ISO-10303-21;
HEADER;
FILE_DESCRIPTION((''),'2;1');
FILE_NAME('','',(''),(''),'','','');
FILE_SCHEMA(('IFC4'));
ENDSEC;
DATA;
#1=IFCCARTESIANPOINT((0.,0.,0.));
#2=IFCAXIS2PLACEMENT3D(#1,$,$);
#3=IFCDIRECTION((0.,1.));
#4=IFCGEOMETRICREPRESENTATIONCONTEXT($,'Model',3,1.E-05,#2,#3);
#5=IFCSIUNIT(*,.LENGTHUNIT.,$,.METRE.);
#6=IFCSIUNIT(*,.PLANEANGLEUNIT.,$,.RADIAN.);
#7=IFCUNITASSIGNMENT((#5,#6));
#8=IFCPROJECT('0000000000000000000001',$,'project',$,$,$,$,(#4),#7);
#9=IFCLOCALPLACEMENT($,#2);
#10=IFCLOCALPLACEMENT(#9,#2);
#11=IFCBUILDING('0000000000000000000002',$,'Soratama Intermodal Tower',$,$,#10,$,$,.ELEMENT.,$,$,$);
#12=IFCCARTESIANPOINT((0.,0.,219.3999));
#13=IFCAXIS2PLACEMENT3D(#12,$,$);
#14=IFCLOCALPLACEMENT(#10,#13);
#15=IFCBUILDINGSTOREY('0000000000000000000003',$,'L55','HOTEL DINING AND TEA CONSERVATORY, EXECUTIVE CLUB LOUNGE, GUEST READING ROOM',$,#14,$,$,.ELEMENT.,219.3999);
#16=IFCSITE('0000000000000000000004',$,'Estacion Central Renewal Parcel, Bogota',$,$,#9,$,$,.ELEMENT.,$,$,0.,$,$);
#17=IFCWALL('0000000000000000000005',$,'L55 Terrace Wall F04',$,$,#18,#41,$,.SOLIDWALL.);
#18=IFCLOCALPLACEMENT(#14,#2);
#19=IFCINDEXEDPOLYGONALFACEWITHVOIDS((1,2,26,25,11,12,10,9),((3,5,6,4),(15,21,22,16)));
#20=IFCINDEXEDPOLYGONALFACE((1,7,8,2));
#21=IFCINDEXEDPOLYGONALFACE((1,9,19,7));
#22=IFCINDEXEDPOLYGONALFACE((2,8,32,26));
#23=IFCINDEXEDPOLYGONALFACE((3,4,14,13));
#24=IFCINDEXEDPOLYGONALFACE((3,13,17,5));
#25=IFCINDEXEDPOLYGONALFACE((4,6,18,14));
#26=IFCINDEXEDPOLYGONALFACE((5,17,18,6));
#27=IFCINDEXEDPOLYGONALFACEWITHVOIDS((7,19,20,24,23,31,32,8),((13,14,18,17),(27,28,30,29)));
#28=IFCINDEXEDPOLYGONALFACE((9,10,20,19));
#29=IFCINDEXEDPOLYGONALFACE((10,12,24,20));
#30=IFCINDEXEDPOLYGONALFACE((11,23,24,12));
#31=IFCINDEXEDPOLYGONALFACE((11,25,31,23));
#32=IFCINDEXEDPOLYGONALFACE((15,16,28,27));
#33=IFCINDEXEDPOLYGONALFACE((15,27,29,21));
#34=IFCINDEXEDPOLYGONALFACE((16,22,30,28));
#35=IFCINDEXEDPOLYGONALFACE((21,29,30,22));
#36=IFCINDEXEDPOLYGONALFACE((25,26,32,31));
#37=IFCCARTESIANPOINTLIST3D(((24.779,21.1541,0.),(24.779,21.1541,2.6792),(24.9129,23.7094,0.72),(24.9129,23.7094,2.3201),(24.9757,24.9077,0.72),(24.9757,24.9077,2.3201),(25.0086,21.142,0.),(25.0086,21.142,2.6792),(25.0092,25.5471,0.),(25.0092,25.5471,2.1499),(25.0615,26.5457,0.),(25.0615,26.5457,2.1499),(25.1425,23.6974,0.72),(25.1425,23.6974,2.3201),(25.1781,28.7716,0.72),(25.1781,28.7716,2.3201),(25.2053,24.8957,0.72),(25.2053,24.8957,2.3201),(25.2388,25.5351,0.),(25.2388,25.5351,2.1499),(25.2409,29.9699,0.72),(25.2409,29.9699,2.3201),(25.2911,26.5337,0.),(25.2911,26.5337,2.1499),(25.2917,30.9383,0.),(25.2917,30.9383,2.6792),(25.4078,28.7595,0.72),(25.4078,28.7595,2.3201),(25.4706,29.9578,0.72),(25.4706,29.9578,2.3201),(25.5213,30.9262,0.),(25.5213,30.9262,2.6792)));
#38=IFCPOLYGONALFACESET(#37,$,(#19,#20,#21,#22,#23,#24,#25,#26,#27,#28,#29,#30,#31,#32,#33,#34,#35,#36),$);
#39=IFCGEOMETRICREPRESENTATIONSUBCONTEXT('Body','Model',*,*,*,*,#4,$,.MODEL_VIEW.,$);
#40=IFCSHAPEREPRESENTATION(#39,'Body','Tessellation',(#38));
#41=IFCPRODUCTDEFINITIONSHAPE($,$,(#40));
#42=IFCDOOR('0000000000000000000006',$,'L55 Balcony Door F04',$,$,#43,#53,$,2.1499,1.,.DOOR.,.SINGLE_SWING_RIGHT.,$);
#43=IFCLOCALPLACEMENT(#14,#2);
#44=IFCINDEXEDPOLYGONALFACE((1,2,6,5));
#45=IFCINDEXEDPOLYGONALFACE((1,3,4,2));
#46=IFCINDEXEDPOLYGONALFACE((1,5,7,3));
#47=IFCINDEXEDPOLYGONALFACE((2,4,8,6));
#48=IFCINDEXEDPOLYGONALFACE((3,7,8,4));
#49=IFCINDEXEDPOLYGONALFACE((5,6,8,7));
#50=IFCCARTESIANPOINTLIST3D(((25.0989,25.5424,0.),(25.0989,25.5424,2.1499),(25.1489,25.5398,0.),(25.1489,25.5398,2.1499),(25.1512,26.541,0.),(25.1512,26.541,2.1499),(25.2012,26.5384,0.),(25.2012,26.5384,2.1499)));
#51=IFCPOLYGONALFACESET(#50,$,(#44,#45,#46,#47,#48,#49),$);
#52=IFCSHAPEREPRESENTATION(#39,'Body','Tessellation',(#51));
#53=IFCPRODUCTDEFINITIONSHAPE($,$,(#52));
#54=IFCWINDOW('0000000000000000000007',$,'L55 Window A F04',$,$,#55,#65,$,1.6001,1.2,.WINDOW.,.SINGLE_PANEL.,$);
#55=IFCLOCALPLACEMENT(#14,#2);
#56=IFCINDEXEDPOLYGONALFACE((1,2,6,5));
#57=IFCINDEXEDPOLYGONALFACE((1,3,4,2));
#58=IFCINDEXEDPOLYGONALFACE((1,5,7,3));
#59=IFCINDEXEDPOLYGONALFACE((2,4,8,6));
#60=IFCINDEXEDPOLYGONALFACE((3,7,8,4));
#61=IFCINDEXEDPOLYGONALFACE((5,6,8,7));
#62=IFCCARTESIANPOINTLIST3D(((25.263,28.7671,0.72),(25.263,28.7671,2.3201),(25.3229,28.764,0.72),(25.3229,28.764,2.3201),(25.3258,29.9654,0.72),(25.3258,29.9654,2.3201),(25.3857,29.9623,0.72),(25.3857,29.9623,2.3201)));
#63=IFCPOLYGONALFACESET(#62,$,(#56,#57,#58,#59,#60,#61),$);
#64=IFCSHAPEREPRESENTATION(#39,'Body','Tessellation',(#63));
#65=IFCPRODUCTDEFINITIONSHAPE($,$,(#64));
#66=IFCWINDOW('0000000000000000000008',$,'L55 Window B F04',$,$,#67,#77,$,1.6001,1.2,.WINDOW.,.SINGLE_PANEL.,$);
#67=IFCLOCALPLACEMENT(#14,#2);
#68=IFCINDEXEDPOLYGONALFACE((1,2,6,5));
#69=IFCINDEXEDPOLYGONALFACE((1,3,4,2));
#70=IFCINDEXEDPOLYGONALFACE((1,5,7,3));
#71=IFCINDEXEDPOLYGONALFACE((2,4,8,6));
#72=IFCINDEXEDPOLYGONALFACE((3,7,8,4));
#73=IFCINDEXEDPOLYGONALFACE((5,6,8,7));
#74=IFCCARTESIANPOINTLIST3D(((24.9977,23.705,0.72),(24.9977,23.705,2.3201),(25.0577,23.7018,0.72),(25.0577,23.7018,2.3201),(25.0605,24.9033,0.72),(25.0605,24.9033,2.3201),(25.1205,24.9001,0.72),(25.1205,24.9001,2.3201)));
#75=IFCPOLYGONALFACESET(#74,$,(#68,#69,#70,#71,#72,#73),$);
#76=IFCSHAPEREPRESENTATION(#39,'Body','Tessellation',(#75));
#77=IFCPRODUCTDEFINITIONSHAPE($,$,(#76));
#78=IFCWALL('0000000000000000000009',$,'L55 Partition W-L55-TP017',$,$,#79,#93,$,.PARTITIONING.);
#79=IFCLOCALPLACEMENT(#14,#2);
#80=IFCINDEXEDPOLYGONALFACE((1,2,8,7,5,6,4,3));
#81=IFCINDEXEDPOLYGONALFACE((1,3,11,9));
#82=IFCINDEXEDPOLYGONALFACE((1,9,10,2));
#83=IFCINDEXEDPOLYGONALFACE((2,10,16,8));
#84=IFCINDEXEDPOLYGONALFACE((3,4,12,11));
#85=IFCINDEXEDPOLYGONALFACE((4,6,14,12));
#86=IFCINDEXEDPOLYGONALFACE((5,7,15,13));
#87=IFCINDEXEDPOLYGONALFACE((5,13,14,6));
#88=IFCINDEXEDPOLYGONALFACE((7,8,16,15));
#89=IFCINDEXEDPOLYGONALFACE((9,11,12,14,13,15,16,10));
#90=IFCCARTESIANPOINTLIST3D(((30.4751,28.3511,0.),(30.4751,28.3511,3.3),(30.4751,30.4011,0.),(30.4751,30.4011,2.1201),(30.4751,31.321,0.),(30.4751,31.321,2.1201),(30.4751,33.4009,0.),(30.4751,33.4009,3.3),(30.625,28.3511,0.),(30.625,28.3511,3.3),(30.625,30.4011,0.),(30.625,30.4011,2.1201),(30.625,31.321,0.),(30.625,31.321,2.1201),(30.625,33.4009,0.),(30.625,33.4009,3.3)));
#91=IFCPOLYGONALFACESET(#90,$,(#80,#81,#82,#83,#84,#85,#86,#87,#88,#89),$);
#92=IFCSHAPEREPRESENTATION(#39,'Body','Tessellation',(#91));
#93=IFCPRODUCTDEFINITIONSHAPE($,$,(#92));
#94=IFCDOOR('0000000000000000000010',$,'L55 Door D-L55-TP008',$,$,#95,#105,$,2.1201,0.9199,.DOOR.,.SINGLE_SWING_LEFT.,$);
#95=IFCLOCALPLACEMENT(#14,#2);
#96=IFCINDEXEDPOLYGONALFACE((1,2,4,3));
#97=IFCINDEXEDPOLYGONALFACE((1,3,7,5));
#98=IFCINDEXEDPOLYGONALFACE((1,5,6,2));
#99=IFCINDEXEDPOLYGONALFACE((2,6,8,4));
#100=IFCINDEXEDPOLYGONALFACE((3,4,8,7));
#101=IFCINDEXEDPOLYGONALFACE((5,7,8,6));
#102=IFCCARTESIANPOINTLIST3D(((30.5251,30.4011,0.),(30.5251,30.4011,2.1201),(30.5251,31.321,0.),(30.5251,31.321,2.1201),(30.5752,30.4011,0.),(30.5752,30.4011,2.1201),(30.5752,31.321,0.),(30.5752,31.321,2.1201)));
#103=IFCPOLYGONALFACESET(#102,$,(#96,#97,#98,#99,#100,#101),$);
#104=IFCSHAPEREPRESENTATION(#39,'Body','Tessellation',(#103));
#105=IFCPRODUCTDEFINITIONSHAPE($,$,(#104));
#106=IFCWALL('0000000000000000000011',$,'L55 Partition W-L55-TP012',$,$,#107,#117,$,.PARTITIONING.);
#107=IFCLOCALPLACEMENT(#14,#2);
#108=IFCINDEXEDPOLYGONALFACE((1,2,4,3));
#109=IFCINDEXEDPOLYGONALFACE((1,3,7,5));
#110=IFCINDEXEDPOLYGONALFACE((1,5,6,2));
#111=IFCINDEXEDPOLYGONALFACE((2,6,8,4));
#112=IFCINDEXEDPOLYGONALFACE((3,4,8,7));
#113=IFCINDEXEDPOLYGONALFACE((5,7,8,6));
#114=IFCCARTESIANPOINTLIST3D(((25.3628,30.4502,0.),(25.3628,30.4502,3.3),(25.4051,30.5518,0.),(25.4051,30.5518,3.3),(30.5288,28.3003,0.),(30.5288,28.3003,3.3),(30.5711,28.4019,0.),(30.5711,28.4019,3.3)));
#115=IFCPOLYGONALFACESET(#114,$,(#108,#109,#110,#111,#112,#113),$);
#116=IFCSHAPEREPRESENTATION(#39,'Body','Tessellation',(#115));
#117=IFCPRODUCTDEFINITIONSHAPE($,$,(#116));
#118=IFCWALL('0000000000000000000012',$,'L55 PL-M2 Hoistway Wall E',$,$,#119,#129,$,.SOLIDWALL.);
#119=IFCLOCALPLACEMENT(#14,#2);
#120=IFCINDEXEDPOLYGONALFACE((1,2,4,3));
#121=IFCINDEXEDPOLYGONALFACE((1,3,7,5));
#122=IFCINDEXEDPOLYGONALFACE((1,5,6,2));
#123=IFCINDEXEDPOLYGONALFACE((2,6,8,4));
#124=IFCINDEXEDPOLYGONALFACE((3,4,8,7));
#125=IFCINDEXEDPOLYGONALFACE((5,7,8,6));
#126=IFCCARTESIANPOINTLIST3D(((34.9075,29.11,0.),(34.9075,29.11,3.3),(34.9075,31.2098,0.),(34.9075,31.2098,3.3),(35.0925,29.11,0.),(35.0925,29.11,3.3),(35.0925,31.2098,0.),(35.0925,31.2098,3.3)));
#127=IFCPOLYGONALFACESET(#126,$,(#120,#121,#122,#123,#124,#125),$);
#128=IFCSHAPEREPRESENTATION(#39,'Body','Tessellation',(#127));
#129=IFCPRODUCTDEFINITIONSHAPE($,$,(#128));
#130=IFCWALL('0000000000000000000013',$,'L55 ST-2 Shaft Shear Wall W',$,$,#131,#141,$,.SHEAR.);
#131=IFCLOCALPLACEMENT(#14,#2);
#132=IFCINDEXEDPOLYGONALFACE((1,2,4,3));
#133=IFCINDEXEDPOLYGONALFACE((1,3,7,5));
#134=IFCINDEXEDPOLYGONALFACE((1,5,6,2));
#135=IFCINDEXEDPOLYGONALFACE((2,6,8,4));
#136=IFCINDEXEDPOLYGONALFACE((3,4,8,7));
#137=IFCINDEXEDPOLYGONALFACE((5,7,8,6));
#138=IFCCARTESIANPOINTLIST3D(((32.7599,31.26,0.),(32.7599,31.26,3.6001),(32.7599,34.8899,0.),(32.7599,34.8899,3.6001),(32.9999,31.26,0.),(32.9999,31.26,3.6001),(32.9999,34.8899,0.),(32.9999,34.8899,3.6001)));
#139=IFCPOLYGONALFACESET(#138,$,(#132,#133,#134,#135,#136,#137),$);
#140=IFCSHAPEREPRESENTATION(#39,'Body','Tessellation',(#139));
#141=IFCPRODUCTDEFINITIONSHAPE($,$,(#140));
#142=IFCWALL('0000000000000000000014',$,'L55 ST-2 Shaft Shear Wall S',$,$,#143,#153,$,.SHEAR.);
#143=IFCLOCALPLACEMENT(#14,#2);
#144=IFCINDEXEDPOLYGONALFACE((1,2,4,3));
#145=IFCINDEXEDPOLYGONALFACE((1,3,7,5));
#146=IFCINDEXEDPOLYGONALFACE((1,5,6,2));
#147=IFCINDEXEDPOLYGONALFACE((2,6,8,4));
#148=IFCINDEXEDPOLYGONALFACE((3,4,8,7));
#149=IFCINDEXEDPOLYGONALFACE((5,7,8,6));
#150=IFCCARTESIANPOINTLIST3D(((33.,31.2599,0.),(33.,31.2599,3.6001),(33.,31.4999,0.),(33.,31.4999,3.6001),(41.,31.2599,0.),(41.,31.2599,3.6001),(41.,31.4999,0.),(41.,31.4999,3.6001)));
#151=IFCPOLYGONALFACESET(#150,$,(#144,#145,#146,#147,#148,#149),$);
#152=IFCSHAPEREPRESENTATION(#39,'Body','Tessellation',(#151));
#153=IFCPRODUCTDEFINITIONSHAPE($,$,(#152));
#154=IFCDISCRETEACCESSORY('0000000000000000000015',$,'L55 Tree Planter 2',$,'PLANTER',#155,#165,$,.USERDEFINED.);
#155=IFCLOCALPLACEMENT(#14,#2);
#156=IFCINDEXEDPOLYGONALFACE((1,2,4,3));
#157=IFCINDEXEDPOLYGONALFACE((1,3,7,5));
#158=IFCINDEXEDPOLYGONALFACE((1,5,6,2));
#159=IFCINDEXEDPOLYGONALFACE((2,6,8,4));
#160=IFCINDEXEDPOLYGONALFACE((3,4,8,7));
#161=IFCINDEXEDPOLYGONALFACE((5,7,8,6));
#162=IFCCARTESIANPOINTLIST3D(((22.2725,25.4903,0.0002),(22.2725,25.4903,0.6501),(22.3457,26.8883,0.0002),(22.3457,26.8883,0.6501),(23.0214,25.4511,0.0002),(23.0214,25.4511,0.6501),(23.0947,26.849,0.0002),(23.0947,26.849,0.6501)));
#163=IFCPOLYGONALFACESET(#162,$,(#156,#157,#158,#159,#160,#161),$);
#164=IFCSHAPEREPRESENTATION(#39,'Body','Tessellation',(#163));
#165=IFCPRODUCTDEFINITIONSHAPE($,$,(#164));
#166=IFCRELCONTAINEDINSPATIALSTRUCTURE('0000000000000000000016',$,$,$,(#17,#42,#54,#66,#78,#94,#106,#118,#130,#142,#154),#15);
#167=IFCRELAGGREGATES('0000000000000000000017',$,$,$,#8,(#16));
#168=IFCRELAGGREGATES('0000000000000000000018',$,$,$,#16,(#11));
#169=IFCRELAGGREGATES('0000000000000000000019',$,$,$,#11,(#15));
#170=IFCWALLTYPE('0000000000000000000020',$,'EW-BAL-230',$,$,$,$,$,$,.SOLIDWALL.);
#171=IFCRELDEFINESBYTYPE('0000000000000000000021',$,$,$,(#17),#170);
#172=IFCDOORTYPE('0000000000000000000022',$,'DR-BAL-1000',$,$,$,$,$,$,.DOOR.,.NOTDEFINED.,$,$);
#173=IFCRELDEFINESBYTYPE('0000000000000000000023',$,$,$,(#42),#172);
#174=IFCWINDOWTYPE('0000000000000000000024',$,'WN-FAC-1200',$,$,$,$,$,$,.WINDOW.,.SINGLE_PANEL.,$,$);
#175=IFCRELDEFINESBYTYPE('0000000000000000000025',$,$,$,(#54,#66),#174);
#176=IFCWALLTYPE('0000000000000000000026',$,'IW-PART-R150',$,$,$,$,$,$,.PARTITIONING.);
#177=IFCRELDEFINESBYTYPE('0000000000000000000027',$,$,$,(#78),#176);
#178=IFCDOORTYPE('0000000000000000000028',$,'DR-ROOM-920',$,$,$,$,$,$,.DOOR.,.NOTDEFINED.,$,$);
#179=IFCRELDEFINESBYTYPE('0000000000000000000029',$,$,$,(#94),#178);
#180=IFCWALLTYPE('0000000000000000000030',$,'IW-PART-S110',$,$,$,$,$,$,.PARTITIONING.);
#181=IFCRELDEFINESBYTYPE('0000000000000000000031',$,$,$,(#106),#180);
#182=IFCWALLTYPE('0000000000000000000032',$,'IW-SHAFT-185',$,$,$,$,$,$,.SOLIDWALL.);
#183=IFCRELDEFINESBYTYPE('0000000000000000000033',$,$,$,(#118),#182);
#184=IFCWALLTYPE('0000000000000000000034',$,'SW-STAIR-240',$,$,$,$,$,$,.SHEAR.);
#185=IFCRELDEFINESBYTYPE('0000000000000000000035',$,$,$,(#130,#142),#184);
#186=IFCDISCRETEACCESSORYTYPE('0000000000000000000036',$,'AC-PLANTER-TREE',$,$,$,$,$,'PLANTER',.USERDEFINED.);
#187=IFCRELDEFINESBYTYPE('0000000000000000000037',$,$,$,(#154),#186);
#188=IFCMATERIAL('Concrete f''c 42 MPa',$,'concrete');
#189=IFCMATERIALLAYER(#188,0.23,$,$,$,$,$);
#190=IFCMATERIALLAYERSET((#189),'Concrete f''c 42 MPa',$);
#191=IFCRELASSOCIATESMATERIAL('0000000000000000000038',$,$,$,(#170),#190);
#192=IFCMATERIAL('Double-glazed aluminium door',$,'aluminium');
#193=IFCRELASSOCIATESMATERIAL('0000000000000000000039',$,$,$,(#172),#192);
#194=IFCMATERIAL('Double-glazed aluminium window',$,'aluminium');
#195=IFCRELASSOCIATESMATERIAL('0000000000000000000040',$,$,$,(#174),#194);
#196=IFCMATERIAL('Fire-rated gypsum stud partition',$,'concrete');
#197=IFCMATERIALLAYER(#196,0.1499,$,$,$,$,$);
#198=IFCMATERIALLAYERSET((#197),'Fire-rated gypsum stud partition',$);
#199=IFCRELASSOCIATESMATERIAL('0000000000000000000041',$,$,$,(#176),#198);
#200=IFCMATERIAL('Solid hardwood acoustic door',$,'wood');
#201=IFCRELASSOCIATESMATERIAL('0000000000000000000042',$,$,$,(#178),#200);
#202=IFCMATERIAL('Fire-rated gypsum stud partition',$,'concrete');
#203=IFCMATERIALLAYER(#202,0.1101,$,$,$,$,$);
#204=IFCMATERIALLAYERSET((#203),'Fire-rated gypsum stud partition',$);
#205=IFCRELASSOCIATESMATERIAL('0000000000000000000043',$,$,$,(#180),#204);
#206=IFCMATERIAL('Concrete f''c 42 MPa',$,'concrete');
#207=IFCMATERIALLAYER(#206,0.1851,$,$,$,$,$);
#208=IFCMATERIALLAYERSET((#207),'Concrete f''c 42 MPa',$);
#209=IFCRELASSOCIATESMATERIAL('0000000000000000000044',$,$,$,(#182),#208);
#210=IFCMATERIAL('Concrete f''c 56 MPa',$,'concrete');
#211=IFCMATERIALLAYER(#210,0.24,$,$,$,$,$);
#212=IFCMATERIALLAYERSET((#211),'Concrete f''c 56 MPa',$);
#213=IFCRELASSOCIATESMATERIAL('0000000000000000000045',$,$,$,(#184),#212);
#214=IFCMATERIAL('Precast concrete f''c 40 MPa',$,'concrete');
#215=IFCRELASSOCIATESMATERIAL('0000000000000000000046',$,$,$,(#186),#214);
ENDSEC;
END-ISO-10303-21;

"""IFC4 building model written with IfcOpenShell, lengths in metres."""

from ifc_helpers import new_model, si_unit, direction, frame, frame_2d, origin, origin_2d, place, context, subcontext, project, spatial, rectangle, extrude, material, layer, layer_set, type_object, element, fill, save


model = new_model("IFC4")

# Units and contexts
model_context = context("Model", 3, precision=1e-05, world=origin(), true_north=direction((0.0, 1.0)))
body_context = subcontext(model_context, "Body", "Model", "MODEL_VIEW")
ifc_project = project(units=[si_unit("LENGTHUNIT", "METRE"), si_unit("PLANEANGLEUNIT", "RADIAN")], contexts=[model_context])

# Site, building, storey
site_placement = place(None, origin())
site = spatial("IfcSite", under=ifc_project, at=site_placement, Name="Estacion Central Renewal Parcel, Bogota", CompositionType="ELEMENT", RefElevation=0.0)
building_placement = place(site_placement, origin())
building = spatial("IfcBuilding", under=site, at=building_placement, Name="Soratama Intermodal Tower", CompositionType="ELEMENT")
storey_placement = place(building_placement, frame((0.0, 0.0, 219.3999)))
storey = spatial("IfcBuildingStorey", under=building, at=storey_placement, Name="L55", Description="HOTEL DINING AND TEA CONSERVATORY, EXECUTIVE CLUB LOUNGE, GUEST READING ROOM", CompositionType="ELEMENT", Elevation=219.3999)

# Wall, openings, door, windows
ifc_material_1 = material(Name="Concrete f'c 42 MPa", Category="concrete")
ifc_layer_1 = layer(ifc_material_1, 0.23)
ifc_layer_set_1 = layer_set([ifc_layer_1], Name="Concrete f'c 42 MPa")
wall_type_1 = type_object("IfcWallType", Name="EW-BAL-230", PredefinedType="SOLIDWALL", material=ifc_layer_set_1)
wall_1_placement = place(storey_placement, frame((25.4065, 30.9324, 0.0), z_axis=(0.0, 0.0, 1.0), x_axis=(-0.052329, -0.99863, 0.0)))
wall_1 = element("IfcWall", 1, at=wall_1_placement, inside=storey, type_object=wall_type_1, Name="L55 Terrace Wall F04", PredefinedType="SOLIDWALL", context=body_context, shape_type="SweptSolid", body=[
    extrude(rectangle(XDim=9.7976, YDim=0.23, at=frame_2d((4.8989, 0.0))), origin(), (0.0, 0.0, 1.0), 2.6792),
])
opening_1_placement = place(wall_1_placement, frame((4.3987, 0.0, 0.0)))
opening_1 = element("IfcOpeningElement", 2, at=opening_1_placement, cuts=wall_1, PredefinedType="OPENING", context=body_context, shape_type="SweptSolid", body=[
    extrude(rectangle(XDim=1.0, YDim=2.1499, at=frame_2d((0.5, 1.075))), frame((0.0, 0.125, 0.0), z_axis=(0.0, -1.0, 0.0), x_axis=(1.0, 0.0, 0.0)), (0.0, 0.0, 1.0), 0.25),
])
opening_2_placement = place(wall_1_placement, frame((0.9697, 0.0, 0.72)))
opening_2 = element("IfcOpeningElement", 3, at=opening_2_placement, cuts=wall_1, PredefinedType="OPENING", context=body_context, shape_type="SweptSolid", body=[
    extrude(rectangle(XDim=1.2, YDim=1.6001, at=frame_2d((0.6001, 0.8))), frame((0.0, 0.125, 0.0), z_axis=(0.0, -1.0, 0.0), x_axis=(1.0, 0.0, 0.0)), (0.0, 0.0, 1.0), 0.25),
])
opening_3_placement = place(wall_1_placement, frame((6.0388, 0.0, 0.72)))
opening_3 = element("IfcOpeningElement", 4, at=opening_3_placement, cuts=wall_1, PredefinedType="OPENING", context=body_context, shape_type="SweptSolid", body=[
    extrude(rectangle(XDim=1.2, YDim=1.6001, at=frame_2d((0.6001, 0.8))), frame((0.0, 0.125, 0.0), z_axis=(0.0, -1.0, 0.0), x_axis=(1.0, 0.0, 0.0)), (0.0, 0.0, 1.0), 0.25),
])
ifc_material_2 = material(Name="Double-glazed aluminium door", Category="aluminium")
door_type_1 = type_object("IfcDoorType", Name="DR-BAL-1000", OperationType="NOTDEFINED", PredefinedType="DOOR", material=ifc_material_2)
door_1_placement = place(opening_1_placement, origin())
door_1 = element("IfcDoor", 5, at=door_1_placement, inside=storey, type_object=door_type_1, Name="L55 Balcony Door F04", OperationType="SINGLE_SWING_RIGHT", OverallHeight=2.1499, OverallWidth=1.0, PredefinedType="DOOR", context=body_context, shape_type="SweptSolid", body=[
    extrude(rectangle(XDim=1.0, YDim=2.1499, at=frame_2d((0.5, 1.075))), frame((0.0, 0.0249, 0.0), z_axis=(0.0, -1.0, 0.0), x_axis=(1.0, 0.0, 0.0)), (0.0, 0.0, 1.0), 0.05),
])
fill(opening_1, door_1)
ifc_material_3 = material(Name="Double-glazed aluminium window", Category="aluminium")
window_type = type_object("IfcWindowType", Name="WN-FAC-1200", PartitioningType="SINGLE_PANEL", PredefinedType="WINDOW", material=ifc_material_3)
window_1_placement = place(opening_2_placement, origin())
window_1 = element("IfcWindow", 6, at=window_1_placement, inside=storey, type_object=window_type, Name="L55 Window A F04", OverallHeight=1.6001, OverallWidth=1.2, PartitioningType="SINGLE_PANEL", PredefinedType="WINDOW", context=body_context, shape_type="SweptSolid", body=[
    extrude(rectangle(XDim=1.2, YDim=1.6001, at=frame_2d((0.6001, 0.8))), frame((0.0, 0.03, 0.0), z_axis=(0.0, -1.0, 0.0), x_axis=(1.0, 0.0, 0.0)), (0.0, 0.0, 1.0), 0.0601),
])
fill(opening_2, window_1)
window_2_placement = place(opening_3_placement, origin())
window_2 = element("IfcWindow", 7, at=window_2_placement, inside=storey, type_object=window_type, Name="L55 Window B F04", OverallHeight=1.6001, OverallWidth=1.2, PartitioningType="SINGLE_PANEL", PredefinedType="WINDOW", context=body_context, shape_type="SweptSolid", body=[
    extrude(rectangle(XDim=1.2, YDim=1.6001, at=frame_2d((0.6001, 0.8))), frame((0.0, 0.03, 0.0), z_axis=(0.0, -1.0, 0.0), x_axis=(1.0, 0.0, 0.0)), (0.0, 0.0, 1.0), 0.0601),
])
fill(opening_3, window_2)

# Wall, opening, door
ifc_material_4 = material(Name="Fire-rated gypsum stud partition", Category="concrete")
ifc_layer_2 = layer(ifc_material_4, 0.1499)
ifc_layer_set_2 = layer_set([ifc_layer_2], Name="Fire-rated gypsum stud partition")
wall_type_2 = type_object("IfcWallType", Name="IW-PART-R150", PredefinedType="PARTITIONING", material=ifc_layer_set_2)
wall_2_placement = place(storey_placement, frame((30.55, 28.3511, 0.0), z_axis=(0.0, 0.0, 1.0), x_axis=(0.0, 1.0, 0.0)))
wall_2 = element("IfcWall", 8, at=wall_2_placement, inside=storey, type_object=wall_type_2, Name="L55 Partition W-L55-TP017", PredefinedType="PARTITIONING", context=body_context, shape_type="SweptSolid", body=[
    extrude(rectangle(XDim=5.0498, YDim=0.1499, at=frame_2d((2.5249, 0.0))), origin(), (0.0, 0.0, 1.0), 3.3),
])
opening_4_placement = place(wall_2_placement, frame((2.05, 0.0, 0.0)))
opening_4 = element("IfcOpeningElement", 9, at=opening_4_placement, cuts=wall_2, PredefinedType="OPENING", context=body_context, shape_type="SweptSolid", body=[
    extrude(rectangle(XDim=0.9199, YDim=2.1201, at=frame_2d((0.46, 1.0601))), frame((0.0, 0.085, 0.0), z_axis=(0.0, -1.0, 0.0), x_axis=(1.0, 0.0, 0.0)), (0.0, 0.0, 1.0), 0.1699),
])
ifc_material_5 = material(Name="Solid hardwood acoustic door", Category="wood")
door_type_2 = type_object("IfcDoorType", Name="DR-ROOM-920", OperationType="NOTDEFINED", PredefinedType="DOOR", material=ifc_material_5)
door_2_placement = place(opening_4_placement, origin())
door_2 = element("IfcDoor", 10, at=door_2_placement, inside=storey, type_object=door_type_2, Name="L55 Door D-L55-TP008", OperationType="SINGLE_SWING_LEFT", OverallHeight=2.1201, OverallWidth=0.9199, PredefinedType="DOOR", context=body_context, shape_type="SweptSolid", body=[
    extrude(rectangle(XDim=0.9199, YDim=2.1201, at=frame_2d((0.46, 1.0601))), frame((0.0, 0.0249, 0.0), z_axis=(0.0, -1.0, 0.0), x_axis=(1.0, 0.0, 0.0)), (0.0, 0.0, 1.0), 0.05),
])
fill(opening_4, door_2)

# Wall
ifc_material_6 = material(Name="Fire-rated gypsum stud partition", Category="concrete")
ifc_layer_3 = layer(ifc_material_6, 0.1101)
ifc_layer_set_3 = layer_set([ifc_layer_3], Name="Fire-rated gypsum stud partition")
wall_type_3 = type_object("IfcWallType", Name="IW-PART-S110", PredefinedType="PARTITIONING", material=ifc_layer_set_3)
wall_3_placement = place(storey_placement, frame((30.55, 28.3511, 0.0), z_axis=(0.0, 0.0, 1.0), x_axis=(-0.923242, 0.384219, 0.0)))
element("IfcWall", 11, at=wall_3_placement, inside=storey, type_object=wall_type_3, Name="L55 Partition W-L55-TP012", PredefinedType="PARTITIONING", context=body_context, shape_type="SweptSolid", body=[
    extrude(rectangle(XDim=5.5955, YDim=0.1101, at=frame_2d((2.7979, 0.0))), origin(), (0.0, 0.0, 1.0), 3.3),
])

# Shared definitions
ifc_material_7 = material(Name="Concrete f'c 42 MPa", Category="concrete")
ifc_layer_4 = layer(ifc_material_7, 0.1851)
ifc_layer_set_4 = layer_set([ifc_layer_4], Name="Concrete f'c 42 MPa")
wall_type_4 = type_object("IfcWallType", Name="IW-SHAFT-185", PredefinedType="SOLIDWALL", material=ifc_layer_set_4)

# Walls
wall_4_placement = place(storey_placement, frame((35.0, 29.1101, 0.0), z_axis=(0.0, 0.0, 1.0), x_axis=(0.0, 1.0, 0.0)))
element("IfcWall", 12, at=wall_4_placement, inside=storey, type_object=wall_type_4, Name="L55 PL-M2 Hoistway Wall E", PredefinedType="SOLIDWALL", context=body_context, shape_type="SweptSolid", body=[
    extrude(rectangle(XDim=2.0999, YDim=0.1851, at=frame_2d((1.0498, 0.0))), origin(), (0.0, 0.0, 1.0), 3.3),
])
ifc_material_8 = material(Name="Concrete f'c 56 MPa", Category="concrete")
ifc_layer_5 = layer(ifc_material_8, 0.24)
ifc_layer_set_5 = layer_set([ifc_layer_5], Name="Concrete f'c 56 MPa")
wall_type_5 = type_object("IfcWallType", Name="SW-STAIR-240", PredefinedType="SHEAR", material=ifc_layer_set_5)
wall_5_placement = place(storey_placement, frame((32.8799, 31.26, 0.0), z_axis=(0.0, 0.0, 1.0), x_axis=(0.0, 1.0, 0.0)))
element("IfcWall", 13, at=wall_5_placement, inside=storey, type_object=wall_type_5, Name="L55 ST-2 Shaft Shear Wall W", PredefinedType="SHEAR", context=body_context, shape_type="SweptSolid", body=[
    extrude(rectangle(XDim=3.6299, YDim=0.24, at=frame_2d((1.8149, 0.0))), origin(), (0.0, 0.0, 1.0), 3.6001),
])
wall_6_placement = place(storey_placement, frame((33.0, 31.3799, 0.0), z_axis=(0.0, 0.0, 1.0), x_axis=(1.0, 0.0, 0.0)))
element("IfcWall", 14, at=wall_6_placement, inside=storey, type_object=wall_type_5, Name="L55 ST-2 Shaft Shear Wall S", PredefinedType="SHEAR", context=body_context, shape_type="SweptSolid", body=[
    extrude(rectangle(XDim=8.0, YDim=0.24, at=frame_2d((4.0, 0.0))), origin(), (0.0, 0.0, 1.0), 3.6001),
])

# Discrete accessory
ifc_material_9 = material(Name="Precast concrete f'c 40 MPa", Category="concrete")
discrete_accessory_type = type_object("IfcDiscreteAccessoryType", Name="AC-PLANTER-TREE", ElementType="PLANTER", PredefinedType="USERDEFINED", material=ifc_material_9)
discrete_accessory_placement = place(storey_placement, frame((22.6836, 26.1697, 0.0002), z_axis=(0.0, 0.0, 1.0), x_axis=(-0.99863, 0.052336, 0.0)))
element("IfcDiscreteAccessory", 15, at=discrete_accessory_placement, inside=storey, type_object=discrete_accessory_type, Name="L55 Tree Planter 2", ObjectType="PLANTER", PredefinedType="USERDEFINED", context=body_context, shape_type="SweptSolid", body=[
    extrude(rectangle(XDim=0.75, YDim=1.3999, at=origin_2d()), origin(), (0.0, 0.0, 1.0), 0.6499),
])

save(model, "model.ifc")
